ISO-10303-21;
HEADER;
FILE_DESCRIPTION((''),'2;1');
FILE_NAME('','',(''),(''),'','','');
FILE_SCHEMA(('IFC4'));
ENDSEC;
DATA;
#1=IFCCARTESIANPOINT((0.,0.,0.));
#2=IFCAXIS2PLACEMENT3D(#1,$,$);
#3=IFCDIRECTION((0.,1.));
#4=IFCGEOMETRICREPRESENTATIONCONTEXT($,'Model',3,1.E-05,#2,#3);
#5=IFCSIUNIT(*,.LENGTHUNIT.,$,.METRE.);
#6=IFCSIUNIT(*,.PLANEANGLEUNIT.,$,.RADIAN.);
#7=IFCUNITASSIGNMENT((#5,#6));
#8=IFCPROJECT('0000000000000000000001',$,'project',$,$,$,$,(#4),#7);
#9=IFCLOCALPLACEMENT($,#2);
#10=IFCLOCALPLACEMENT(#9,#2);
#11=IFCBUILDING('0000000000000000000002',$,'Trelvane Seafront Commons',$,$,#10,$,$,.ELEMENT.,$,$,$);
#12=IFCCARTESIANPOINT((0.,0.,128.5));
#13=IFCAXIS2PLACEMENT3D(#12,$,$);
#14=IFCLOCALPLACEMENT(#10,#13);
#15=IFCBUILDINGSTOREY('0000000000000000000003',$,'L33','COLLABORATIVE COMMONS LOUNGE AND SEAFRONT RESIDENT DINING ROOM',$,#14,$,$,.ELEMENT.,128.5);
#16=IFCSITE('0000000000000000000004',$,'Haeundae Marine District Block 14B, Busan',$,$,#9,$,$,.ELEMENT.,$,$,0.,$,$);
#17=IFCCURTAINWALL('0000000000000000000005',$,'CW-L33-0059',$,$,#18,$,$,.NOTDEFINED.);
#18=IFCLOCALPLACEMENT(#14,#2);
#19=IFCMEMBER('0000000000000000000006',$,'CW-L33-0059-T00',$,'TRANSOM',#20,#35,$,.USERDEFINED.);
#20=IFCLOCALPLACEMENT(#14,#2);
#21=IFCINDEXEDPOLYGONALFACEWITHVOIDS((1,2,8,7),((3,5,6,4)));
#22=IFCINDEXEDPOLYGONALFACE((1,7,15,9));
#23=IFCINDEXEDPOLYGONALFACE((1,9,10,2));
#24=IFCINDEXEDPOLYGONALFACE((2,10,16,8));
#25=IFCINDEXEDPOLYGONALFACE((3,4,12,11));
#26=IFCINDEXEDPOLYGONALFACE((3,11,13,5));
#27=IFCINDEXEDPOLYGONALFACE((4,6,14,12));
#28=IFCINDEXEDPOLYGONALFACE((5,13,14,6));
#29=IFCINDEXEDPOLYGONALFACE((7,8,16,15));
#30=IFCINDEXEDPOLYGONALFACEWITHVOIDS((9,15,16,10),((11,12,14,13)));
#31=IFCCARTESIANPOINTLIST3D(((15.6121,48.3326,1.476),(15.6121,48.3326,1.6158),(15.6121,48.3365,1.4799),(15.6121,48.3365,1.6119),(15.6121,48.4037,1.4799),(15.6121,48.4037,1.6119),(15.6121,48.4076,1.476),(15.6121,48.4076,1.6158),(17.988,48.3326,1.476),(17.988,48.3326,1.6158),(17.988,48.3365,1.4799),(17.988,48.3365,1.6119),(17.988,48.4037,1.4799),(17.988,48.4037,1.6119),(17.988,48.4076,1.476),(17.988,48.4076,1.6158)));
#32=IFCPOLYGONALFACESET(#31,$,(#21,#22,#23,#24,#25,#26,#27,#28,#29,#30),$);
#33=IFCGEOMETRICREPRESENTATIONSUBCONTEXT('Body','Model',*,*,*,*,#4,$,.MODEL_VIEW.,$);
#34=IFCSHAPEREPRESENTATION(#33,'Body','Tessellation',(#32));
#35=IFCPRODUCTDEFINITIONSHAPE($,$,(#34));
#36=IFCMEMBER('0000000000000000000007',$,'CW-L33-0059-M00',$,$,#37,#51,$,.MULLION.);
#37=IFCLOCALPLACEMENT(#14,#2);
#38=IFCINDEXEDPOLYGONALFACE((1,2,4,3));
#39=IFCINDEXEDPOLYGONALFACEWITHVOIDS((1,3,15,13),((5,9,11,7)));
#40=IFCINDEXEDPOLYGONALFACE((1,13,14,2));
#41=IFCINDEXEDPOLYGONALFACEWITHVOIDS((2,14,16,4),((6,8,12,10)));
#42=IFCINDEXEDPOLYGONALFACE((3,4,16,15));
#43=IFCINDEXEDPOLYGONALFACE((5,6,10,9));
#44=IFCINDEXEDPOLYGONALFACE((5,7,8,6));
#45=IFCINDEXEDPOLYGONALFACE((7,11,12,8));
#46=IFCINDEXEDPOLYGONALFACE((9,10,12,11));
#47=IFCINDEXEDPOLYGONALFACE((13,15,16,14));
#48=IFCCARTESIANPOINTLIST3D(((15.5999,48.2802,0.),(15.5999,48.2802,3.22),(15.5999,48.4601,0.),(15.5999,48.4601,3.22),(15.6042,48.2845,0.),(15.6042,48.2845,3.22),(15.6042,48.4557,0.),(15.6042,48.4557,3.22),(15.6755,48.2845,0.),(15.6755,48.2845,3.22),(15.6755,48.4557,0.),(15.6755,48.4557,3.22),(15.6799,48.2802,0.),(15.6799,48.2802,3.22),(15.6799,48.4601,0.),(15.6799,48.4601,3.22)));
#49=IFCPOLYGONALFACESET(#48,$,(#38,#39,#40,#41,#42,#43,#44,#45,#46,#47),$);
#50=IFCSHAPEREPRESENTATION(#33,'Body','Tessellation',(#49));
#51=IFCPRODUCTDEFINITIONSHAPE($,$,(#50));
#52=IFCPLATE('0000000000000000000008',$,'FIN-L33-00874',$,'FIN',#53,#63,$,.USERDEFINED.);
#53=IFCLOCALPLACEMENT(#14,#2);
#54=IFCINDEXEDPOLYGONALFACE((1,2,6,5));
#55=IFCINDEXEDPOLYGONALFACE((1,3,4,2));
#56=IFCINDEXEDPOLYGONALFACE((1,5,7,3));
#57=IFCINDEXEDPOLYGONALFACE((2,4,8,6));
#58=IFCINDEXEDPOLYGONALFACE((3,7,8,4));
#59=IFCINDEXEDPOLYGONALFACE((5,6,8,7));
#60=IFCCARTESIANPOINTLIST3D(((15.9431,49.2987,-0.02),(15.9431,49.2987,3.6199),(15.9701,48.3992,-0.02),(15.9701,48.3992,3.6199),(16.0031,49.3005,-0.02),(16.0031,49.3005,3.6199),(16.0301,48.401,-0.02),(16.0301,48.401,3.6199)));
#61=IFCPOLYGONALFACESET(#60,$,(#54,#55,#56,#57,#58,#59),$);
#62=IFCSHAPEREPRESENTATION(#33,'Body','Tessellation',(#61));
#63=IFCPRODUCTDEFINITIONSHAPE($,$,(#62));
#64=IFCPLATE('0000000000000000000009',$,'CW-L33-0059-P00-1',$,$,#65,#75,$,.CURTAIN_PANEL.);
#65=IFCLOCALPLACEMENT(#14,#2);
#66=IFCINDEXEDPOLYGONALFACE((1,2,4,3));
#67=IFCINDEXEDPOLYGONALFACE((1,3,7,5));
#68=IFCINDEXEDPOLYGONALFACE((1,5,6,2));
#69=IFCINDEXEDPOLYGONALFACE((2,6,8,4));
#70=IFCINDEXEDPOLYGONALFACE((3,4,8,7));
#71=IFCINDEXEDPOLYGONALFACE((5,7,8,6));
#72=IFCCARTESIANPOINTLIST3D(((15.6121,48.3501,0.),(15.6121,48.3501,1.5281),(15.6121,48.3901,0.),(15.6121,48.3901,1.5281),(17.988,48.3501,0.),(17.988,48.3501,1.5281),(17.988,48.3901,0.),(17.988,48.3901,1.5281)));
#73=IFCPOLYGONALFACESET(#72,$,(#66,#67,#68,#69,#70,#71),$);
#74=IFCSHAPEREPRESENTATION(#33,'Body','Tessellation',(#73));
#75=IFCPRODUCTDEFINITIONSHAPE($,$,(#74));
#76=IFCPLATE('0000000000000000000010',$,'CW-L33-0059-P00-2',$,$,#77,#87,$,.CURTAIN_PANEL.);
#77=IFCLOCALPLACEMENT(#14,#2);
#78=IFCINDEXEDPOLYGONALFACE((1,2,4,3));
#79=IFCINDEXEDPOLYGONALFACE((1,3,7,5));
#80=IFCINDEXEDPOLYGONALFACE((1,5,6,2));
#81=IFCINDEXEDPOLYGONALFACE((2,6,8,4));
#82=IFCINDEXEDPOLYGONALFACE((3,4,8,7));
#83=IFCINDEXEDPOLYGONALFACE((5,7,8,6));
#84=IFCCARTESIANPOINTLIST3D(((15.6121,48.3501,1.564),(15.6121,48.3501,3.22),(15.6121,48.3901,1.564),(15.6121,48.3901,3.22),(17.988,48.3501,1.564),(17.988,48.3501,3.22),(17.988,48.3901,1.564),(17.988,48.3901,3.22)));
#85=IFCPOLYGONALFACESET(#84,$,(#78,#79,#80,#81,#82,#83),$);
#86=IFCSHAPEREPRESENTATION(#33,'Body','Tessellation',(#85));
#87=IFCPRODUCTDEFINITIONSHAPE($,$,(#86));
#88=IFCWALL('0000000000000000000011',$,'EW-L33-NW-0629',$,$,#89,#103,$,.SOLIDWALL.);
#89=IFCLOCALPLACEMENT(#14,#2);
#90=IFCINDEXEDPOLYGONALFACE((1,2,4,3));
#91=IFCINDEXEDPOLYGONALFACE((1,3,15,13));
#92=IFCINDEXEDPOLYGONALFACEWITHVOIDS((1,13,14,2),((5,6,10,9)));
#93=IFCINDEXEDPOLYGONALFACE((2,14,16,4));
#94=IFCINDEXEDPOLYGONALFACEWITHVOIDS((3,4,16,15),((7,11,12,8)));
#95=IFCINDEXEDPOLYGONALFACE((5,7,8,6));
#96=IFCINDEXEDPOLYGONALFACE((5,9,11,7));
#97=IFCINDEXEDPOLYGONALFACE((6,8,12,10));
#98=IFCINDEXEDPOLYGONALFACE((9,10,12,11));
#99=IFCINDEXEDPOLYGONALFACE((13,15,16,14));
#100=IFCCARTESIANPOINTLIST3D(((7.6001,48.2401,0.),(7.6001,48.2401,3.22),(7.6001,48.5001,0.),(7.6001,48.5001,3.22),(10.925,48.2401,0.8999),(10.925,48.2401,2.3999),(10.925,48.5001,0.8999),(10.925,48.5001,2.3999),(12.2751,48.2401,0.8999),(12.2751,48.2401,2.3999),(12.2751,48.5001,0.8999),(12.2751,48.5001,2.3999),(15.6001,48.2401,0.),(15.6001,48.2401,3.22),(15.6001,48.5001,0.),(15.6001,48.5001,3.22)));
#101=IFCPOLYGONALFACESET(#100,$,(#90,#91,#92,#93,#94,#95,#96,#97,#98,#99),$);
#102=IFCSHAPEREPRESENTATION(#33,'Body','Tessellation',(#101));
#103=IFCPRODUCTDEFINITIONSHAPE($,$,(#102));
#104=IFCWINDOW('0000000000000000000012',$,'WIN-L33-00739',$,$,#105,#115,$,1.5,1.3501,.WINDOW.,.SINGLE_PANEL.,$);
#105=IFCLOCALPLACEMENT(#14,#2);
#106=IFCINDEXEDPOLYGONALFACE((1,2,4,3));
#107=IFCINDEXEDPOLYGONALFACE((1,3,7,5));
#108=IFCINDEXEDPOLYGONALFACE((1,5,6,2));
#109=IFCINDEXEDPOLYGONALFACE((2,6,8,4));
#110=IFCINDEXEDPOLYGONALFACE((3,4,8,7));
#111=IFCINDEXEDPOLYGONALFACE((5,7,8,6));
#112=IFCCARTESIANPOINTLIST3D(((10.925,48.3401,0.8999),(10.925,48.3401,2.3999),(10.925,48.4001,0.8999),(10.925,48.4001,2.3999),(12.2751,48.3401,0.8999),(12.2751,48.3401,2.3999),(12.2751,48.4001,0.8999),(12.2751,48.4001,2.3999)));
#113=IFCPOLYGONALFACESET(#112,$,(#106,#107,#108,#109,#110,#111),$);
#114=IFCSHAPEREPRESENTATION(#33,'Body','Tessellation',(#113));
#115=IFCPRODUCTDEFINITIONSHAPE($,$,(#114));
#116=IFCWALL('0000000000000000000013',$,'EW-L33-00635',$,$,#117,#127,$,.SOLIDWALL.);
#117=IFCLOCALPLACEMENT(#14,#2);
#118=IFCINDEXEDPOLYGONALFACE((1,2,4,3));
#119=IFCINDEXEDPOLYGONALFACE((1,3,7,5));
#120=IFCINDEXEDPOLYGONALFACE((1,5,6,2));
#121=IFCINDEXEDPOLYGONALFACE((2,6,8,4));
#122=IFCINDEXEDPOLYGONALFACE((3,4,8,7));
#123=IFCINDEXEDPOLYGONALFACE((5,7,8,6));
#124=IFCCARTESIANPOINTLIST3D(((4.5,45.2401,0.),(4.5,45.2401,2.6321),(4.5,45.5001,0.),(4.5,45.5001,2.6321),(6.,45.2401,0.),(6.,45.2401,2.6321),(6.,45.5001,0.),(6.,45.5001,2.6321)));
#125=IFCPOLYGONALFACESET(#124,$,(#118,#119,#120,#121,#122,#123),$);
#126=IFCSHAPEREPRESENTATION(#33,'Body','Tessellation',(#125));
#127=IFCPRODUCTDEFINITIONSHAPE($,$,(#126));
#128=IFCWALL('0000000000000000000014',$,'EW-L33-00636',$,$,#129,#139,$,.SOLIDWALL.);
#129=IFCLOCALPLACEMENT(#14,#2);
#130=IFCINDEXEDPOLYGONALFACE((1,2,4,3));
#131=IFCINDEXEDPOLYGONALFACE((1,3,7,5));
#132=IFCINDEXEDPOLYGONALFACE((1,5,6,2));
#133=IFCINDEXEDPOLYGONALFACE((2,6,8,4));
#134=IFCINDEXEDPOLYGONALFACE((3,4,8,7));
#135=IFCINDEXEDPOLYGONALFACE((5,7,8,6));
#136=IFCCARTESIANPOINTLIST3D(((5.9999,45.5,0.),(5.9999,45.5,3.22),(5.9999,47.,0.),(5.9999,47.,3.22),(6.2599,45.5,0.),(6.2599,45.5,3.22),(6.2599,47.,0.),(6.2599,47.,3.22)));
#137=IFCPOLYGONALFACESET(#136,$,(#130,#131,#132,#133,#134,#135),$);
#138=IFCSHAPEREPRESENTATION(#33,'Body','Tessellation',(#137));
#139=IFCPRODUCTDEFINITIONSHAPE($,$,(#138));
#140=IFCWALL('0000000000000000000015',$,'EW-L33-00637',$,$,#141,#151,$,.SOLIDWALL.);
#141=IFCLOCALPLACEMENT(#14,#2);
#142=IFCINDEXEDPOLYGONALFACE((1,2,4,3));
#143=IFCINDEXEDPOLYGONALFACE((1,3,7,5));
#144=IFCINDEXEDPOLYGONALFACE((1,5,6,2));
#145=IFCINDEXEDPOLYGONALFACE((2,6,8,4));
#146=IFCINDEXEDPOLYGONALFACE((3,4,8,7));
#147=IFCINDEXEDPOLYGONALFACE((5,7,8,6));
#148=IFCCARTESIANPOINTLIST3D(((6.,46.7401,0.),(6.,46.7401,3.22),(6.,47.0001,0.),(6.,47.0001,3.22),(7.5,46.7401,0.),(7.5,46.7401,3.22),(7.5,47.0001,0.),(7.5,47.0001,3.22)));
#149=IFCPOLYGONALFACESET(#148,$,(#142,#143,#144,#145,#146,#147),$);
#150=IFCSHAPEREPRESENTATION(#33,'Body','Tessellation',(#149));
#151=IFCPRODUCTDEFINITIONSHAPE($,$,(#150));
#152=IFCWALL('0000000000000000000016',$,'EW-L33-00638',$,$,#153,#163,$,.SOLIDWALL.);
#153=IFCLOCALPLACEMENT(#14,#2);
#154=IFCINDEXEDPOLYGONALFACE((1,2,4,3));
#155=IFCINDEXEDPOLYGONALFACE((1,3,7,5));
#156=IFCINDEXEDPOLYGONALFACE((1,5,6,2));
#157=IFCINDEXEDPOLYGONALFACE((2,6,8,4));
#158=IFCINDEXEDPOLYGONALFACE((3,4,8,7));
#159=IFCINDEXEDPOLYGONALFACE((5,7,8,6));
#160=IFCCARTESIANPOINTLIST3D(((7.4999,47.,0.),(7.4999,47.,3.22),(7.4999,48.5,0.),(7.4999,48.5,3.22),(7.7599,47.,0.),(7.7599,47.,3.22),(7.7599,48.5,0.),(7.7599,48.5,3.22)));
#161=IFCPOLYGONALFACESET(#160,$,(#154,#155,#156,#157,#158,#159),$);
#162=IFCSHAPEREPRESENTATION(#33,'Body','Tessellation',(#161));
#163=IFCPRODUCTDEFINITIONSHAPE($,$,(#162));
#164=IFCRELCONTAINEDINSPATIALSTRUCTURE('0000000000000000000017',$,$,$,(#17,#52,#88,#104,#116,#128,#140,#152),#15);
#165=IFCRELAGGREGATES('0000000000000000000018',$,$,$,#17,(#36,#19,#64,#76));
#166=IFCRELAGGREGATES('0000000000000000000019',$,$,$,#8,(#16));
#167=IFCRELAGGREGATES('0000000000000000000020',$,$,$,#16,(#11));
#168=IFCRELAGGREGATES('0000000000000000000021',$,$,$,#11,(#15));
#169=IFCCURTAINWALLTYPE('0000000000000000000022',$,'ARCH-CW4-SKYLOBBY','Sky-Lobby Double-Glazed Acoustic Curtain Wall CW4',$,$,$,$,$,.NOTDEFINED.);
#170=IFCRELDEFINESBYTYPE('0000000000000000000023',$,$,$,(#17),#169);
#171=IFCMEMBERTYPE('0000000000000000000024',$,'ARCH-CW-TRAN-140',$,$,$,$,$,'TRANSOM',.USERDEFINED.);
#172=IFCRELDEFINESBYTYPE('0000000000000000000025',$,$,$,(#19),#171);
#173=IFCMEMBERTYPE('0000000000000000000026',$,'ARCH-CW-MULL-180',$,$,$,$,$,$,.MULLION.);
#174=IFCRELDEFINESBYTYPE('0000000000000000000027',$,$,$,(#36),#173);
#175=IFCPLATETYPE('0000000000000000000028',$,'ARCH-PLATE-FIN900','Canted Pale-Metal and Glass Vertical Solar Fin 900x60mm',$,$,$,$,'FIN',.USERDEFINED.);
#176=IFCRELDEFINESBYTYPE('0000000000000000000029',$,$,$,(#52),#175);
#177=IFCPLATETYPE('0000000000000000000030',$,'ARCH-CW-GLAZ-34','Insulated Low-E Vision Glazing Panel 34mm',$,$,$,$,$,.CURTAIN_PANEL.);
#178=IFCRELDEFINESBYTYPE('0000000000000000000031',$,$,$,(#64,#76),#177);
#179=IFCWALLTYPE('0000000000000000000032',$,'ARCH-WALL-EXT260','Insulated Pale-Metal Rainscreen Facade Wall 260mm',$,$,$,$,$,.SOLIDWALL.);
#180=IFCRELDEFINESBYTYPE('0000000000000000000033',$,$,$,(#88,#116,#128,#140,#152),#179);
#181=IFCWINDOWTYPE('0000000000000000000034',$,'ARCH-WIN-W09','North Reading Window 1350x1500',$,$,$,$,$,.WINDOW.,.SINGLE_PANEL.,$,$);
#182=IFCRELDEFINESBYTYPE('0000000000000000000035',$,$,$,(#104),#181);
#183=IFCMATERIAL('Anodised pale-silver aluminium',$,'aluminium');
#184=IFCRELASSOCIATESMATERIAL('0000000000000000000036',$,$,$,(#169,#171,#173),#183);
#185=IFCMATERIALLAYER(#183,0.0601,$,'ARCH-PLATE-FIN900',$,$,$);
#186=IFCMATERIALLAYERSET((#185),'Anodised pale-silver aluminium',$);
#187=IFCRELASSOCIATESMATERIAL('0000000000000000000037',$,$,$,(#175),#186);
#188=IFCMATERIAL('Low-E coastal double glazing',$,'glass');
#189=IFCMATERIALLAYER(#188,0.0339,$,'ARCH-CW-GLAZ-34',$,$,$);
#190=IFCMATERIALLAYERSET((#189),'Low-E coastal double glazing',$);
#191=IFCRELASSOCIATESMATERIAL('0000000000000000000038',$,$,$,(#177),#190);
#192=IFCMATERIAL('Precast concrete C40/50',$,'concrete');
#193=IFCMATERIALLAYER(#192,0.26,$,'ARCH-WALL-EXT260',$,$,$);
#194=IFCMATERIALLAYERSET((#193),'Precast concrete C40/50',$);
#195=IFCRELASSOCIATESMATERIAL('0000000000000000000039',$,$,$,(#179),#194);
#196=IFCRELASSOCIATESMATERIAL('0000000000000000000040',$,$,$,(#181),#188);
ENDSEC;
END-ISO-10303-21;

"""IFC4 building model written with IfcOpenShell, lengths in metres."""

from ifc_helpers import new_model, si_unit, direction, frame, frame_2d, origin, origin_2d, place, context, subcontext, project, spatial, rectangle, hollow_rectangle, extrude, source, transform, mapped, material, layer, layer_set, material_profile, profile_set, type_object, element, fill, aggregate, save


model = new_model("IFC4")

# Units and contexts
model_context = context("Model", 3, precision=1e-05, world=origin(), true_north=direction((0.0, 1.0)))
body_context = subcontext(model_context, "Body", "Model", "MODEL_VIEW")
ifc_project = project(units=[si_unit("LENGTHUNIT", "METRE"), si_unit("PLANEANGLEUNIT", "RADIAN")], contexts=[model_context])

# Site, building, storey
site_placement = place(None, origin())
site = spatial("IfcSite", under=ifc_project, at=site_placement, Name="Haeundae Marine District Block 14B, Busan", CompositionType="ELEMENT", RefElevation=0.0)
building_placement = place(site_placement, origin())
building = spatial("IfcBuilding", under=site, at=building_placement, Name="Trelvane Seafront Commons", CompositionType="ELEMENT")
storey_placement = place(building_placement, frame((0.0, 0.0, 128.5)))
storey = spatial("IfcBuildingStorey", under=building, at=storey_placement, Name="L33", Description="COLLABORATIVE COMMONS LOUNGE AND SEAFRONT RESIDENT DINING ROOM", CompositionType="ELEMENT", Elevation=128.5)

# Curtain wall, members
ifc_material_1 = material(Name="Anodised pale-silver aluminium", Category="aluminium")
curtain_wall_type = type_object("IfcCurtainWallType", Name="ARCH-CW4-SKYLOBBY", Description="Sky-Lobby Double-Glazed Acoustic Curtain Wall CW4", PredefinedType="NOTDEFINED", material=ifc_material_1)
curtain_wall_placement = place(storey_placement, origin())
curtain_wall = element("IfcCurtainWall", 1, at=curtain_wall_placement, inside=storey, type_object=curtain_wall_type, Name="CW-L33-0059", PredefinedType="NOTDEFINED")
ifc_material_profile_1 = material_profile(ifc_material_1, hollow_rectangle(XDim=0.075, YDim=0.1399, WallThickness=0.0039, at=origin_2d()), Name="TRAN-75x140x4")
ifc_profile_set_1 = profile_set([ifc_material_profile_1], Name="Anodised pale-silver aluminium")
member_type_1 = type_object("IfcMemberType", Name="ARCH-CW-TRAN-140", ElementType="TRANSOM", PredefinedType="USERDEFINED", material=ifc_profile_set_1)
shared_shape_1 = source(origin(), body_context, "Body", "SweptSolid", [
    extrude(hollow_rectangle(XDim=0.075, YDim=0.1399, WallThickness=0.0039, at=origin_2d()), origin(), (0.0, 0.0, 1.0), 2.376),
])
member_1_placement = place(storey_placement, frame((15.6121, 48.3701, 1.5459), z_axis=(1.0, 0.0, 0.0), x_axis=(0.0, 1.0, 0.0)))
member_1 = element("IfcMember", 2, at=member_1_placement, type_object=member_type_1, Name="CW-L33-0059-T00", ObjectType="TRANSOM", PredefinedType="USERDEFINED", context=body_context, shape_type="MappedRepresentation", body=[
    mapped(shared_shape_1, transform((0.0, 0.0, 0.0), x_axis=(1.0, 0.0, 0.0), y_axis=(0.0, 1.0, 0.0), z_axis=(0.0, 0.0, 1.0), scale=1.0)),
])
ifc_material_profile_2 = material_profile(ifc_material_1, hollow_rectangle(XDim=0.0801, YDim=0.1799, WallThickness=0.0044, at=origin_2d()), Name="MULL-80x180x4.5")
ifc_profile_set_2 = profile_set([ifc_material_profile_2], Name="Anodised pale-silver aluminium")
member_type_2 = type_object("IfcMemberType", Name="ARCH-CW-MULL-180", PredefinedType="MULLION", material=ifc_profile_set_2)
shared_shape_2 = source(origin(), body_context, "Body", "SweptSolid", [
    extrude(hollow_rectangle(XDim=0.0801, YDim=0.1799, WallThickness=0.0044, at=origin_2d()), origin(), (0.0, 0.0, 1.0), 3.22),
])
member_2_placement = place(storey_placement, frame((15.6399, 48.3701, 0.0), z_axis=(0.0, 0.0, 1.0), x_axis=(1.0, 0.0, 0.0)))
member_2 = element("IfcMember", 3, at=member_2_placement, type_object=member_type_2, Name="CW-L33-0059-M00", PredefinedType="MULLION", context=body_context, shape_type="MappedRepresentation", body=[
    mapped(shared_shape_2, transform((0.0, 0.0, 0.0), x_axis=(1.0, 0.0, 0.0), y_axis=(0.0, 1.0, 0.0), z_axis=(0.0, 0.0, 1.0), scale=1.0)),
])

# Plates
ifc_layer_1 = layer(ifc_material_1, 0.0601, Name="ARCH-PLATE-FIN900")
ifc_layer_set_1 = layer_set([ifc_layer_1], Name="Anodised pale-silver aluminium")
plate_type_1 = type_object("IfcPlateType", Name="ARCH-PLATE-FIN900", Description="Canted Pale-Metal and Glass Vertical Solar Fin 900x60mm", ElementType="FIN", PredefinedType="USERDEFINED", material=ifc_layer_set_1)
shared_shape_3 = source(origin(), body_context, "Body", "SweptSolid", [
    extrude(rectangle(XDim=0.8999, YDim=0.0601, at=origin_2d()), origin(), (0.0, 0.0, 1.0), 3.6399),
])
plate_1_placement = place(storey_placement, frame((15.9866, 48.8499, -0.02), z_axis=(0.0, 0.0, 1.0), x_axis=(-0.029999, 0.99955, 0.0)))
element("IfcPlate", 4, at=plate_1_placement, inside=storey, type_object=plate_type_1, Name="FIN-L33-00874", ObjectType="FIN", PredefinedType="USERDEFINED", context=body_context, shape_type="MappedRepresentation", body=[
    mapped(shared_shape_3, transform((0.0, 0.0, 0.0), x_axis=(1.0, 0.0, 0.0), y_axis=(0.0, 1.0, 0.0), z_axis=(0.0, 0.0, 1.0), scale=1.0)),
])
ifc_material_2 = material(Name="Low-E coastal double glazing", Category="glass")
ifc_layer_2 = layer(ifc_material_2, 0.0339, Name="ARCH-CW-GLAZ-34")
ifc_layer_set_2 = layer_set([ifc_layer_2], Name="Low-E coastal double glazing")
plate_type_2 = type_object("IfcPlateType", Name="ARCH-CW-GLAZ-34", Description="Insulated Low-E Vision Glazing Panel 34mm", PredefinedType="CURTAIN_PANEL", material=ifc_layer_set_2)
shared_shape_4 = source(origin(), body_context, "Body", "SweptSolid", [
    extrude(rectangle(XDim=2.376, YDim=0.04, at=origin_2d()), origin(), (0.0, 0.0, 1.0), 1.5281),
])
plate_2_placement = place(storey_placement, frame((16.8, 48.3701, 0.0), z_axis=(0.0, 0.0, 1.0), x_axis=(1.0, 0.0, 0.0)))
plate_2 = element("IfcPlate", 5, at=plate_2_placement, type_object=plate_type_2, Name="CW-L33-0059-P00-1", PredefinedType="CURTAIN_PANEL", context=body_context, shape_type="MappedRepresentation", body=[
    mapped(shared_shape_4, transform((0.0, 0.0, 0.0), x_axis=(1.0, 0.0, 0.0), y_axis=(0.0, 1.0, 0.0), z_axis=(0.0, 0.0, 1.0), scale=1.0)),
])
shared_shape_5 = source(origin(), body_context, "Body", "SweptSolid", [
    extrude(rectangle(XDim=2.376, YDim=0.04, at=origin_2d()), origin(), (0.0, 0.0, 1.0), 1.656),
])
plate_3_placement = place(storey_placement, frame((16.8, 48.3701, 1.564), z_axis=(0.0, 0.0, 1.0), x_axis=(1.0, 0.0, 0.0)))
plate_3 = element("IfcPlate", 6, at=plate_3_placement, type_object=plate_type_2, Name="CW-L33-0059-P00-2", PredefinedType="CURTAIN_PANEL", context=body_context, shape_type="MappedRepresentation", body=[
    mapped(shared_shape_5, transform((0.0, 0.0, 0.0), x_axis=(1.0, 0.0, 0.0), y_axis=(0.0, 1.0, 0.0), z_axis=(0.0, 0.0, 1.0), scale=1.0)),
])
aggregate(curtain_wall, [member_2, member_1, plate_2, plate_3])

# Wall, opening, window
ifc_material_3 = material(Name="Precast concrete C40/50", Category="concrete")
ifc_layer_3 = layer(ifc_material_3, 0.26, Name="ARCH-WALL-EXT260")
ifc_layer_set_3 = layer_set([ifc_layer_3], Name="Precast concrete C40/50")
wall_type_1 = type_object("IfcWallType", Name="ARCH-WALL-EXT260", Description="Insulated Pale-Metal Rainscreen Facade Wall 260mm", PredefinedType="SOLIDWALL", material=ifc_layer_set_3)
wall_1_placement = place(storey_placement, frame((7.6001, 48.3701, 0.0), z_axis=(0.0, 0.0, 1.0), x_axis=(1.0, 0.0, 0.0)))
wall_1 = element("IfcWall", 7, at=wall_1_placement, inside=storey, type_object=wall_type_1, Name="EW-L33-NW-0629", PredefinedType="SOLIDWALL", context=body_context, shape_type="SweptSolid", body=[
    extrude(rectangle(XDim=8.0, YDim=0.26, at=frame_2d((4.0, 0.0))), origin(), (0.0, 0.0, 1.0), 3.22),
])
opening_1_placement = place(wall_1_placement, frame((3.325, 0.0, 0.8999)))
opening_1 = element("IfcOpeningElement", 8, at=opening_1_placement, cuts=wall_1, PredefinedType="OPENING", context=body_context, shape_type="SweptSolid", body=[
    extrude(rectangle(XDim=1.3501, YDim=1.5, at=frame_2d((0.675, 0.75))), frame((0.0, 0.1399, 0.0), z_axis=(0.0, -1.0, 0.0), x_axis=(1.0, 0.0, 0.0)), (0.0, 0.0, 1.0), 0.28),
])
window_type = type_object("IfcWindowType", Name="ARCH-WIN-W09", Description="North Reading Window 1350x1500", PartitioningType="SINGLE_PANEL", PredefinedType="WINDOW", material=ifc_material_2)
shared_shape_6 = source(origin(), body_context, "Body", "SweptSolid", [
    extrude(rectangle(XDim=1.3501, YDim=1.5, at=frame_2d((0.675, 0.75))), frame((0.0, 0.03, 0.0), z_axis=(0.0, -1.0, 0.0), x_axis=(1.0, 0.0, 0.0)), (0.0, 0.0, 1.0), 0.0601),
])
window_placement = place(opening_1_placement, origin())
window = element("IfcWindow", 9, at=window_placement, inside=storey, type_object=window_type, Name="WIN-L33-00739", OverallHeight=1.5, OverallWidth=1.3501, PartitioningType="SINGLE_PANEL", PredefinedType="WINDOW", context=body_context, shape_type="MappedRepresentation", body=[
    mapped(shared_shape_6, transform((0.0, 0.0, 0.0), x_axis=(1.0, 0.0, 0.0), y_axis=(0.0, 1.0, 0.0), z_axis=(0.0, 0.0, 1.0), scale=1.0)),
])
fill(opening_1, window)

# Walls
wall_2_placement = place(storey_placement, frame((4.5, 45.3701, 0.0), z_axis=(0.0, 0.0, 1.0), x_axis=(1.0, 0.0, 0.0)))
element("IfcWall", 10, at=wall_2_placement, inside=storey, type_object=wall_type_1, Name="EW-L33-00635", PredefinedType="SOLIDWALL", context=body_context, shape_type="SweptSolid", body=[
    extrude(rectangle(XDim=1.5, YDim=0.26, at=frame_2d((0.75, 0.0))), origin(), (0.0, 0.0, 1.0), 2.6321),
])
for number, where, z_axis, x_axis, name in (
    (11, (6.1299, 45.5, 0.0), (0.0, 0.0, 1.0), (0.0, 1.0, 0.0), "EW-L33-00636"),
    (12, (6.0, 46.8701, 0.0), (0.0, 0.0, 1.0), (1.0, 0.0, 0.0), "EW-L33-00637"),
    (13, (7.6299, 47.0, 0.0), (0.0, 0.0, 1.0), (0.0, 1.0, 0.0), "EW-L33-00638"),
):
    element("IfcWall", number, at=place(storey_placement, frame(where, z_axis=z_axis, x_axis=x_axis)), inside=storey, type_object=wall_type_1, Name=name, PredefinedType="SOLIDWALL", context=body_context, shape_type="SweptSolid", body=[
        extrude(rectangle(XDim=1.5, YDim=0.26, at=frame_2d((0.75, 0.0))), origin(), (0.0, 0.0, 1.0), 3.22),
    ])

save(model, "model.ifc")
